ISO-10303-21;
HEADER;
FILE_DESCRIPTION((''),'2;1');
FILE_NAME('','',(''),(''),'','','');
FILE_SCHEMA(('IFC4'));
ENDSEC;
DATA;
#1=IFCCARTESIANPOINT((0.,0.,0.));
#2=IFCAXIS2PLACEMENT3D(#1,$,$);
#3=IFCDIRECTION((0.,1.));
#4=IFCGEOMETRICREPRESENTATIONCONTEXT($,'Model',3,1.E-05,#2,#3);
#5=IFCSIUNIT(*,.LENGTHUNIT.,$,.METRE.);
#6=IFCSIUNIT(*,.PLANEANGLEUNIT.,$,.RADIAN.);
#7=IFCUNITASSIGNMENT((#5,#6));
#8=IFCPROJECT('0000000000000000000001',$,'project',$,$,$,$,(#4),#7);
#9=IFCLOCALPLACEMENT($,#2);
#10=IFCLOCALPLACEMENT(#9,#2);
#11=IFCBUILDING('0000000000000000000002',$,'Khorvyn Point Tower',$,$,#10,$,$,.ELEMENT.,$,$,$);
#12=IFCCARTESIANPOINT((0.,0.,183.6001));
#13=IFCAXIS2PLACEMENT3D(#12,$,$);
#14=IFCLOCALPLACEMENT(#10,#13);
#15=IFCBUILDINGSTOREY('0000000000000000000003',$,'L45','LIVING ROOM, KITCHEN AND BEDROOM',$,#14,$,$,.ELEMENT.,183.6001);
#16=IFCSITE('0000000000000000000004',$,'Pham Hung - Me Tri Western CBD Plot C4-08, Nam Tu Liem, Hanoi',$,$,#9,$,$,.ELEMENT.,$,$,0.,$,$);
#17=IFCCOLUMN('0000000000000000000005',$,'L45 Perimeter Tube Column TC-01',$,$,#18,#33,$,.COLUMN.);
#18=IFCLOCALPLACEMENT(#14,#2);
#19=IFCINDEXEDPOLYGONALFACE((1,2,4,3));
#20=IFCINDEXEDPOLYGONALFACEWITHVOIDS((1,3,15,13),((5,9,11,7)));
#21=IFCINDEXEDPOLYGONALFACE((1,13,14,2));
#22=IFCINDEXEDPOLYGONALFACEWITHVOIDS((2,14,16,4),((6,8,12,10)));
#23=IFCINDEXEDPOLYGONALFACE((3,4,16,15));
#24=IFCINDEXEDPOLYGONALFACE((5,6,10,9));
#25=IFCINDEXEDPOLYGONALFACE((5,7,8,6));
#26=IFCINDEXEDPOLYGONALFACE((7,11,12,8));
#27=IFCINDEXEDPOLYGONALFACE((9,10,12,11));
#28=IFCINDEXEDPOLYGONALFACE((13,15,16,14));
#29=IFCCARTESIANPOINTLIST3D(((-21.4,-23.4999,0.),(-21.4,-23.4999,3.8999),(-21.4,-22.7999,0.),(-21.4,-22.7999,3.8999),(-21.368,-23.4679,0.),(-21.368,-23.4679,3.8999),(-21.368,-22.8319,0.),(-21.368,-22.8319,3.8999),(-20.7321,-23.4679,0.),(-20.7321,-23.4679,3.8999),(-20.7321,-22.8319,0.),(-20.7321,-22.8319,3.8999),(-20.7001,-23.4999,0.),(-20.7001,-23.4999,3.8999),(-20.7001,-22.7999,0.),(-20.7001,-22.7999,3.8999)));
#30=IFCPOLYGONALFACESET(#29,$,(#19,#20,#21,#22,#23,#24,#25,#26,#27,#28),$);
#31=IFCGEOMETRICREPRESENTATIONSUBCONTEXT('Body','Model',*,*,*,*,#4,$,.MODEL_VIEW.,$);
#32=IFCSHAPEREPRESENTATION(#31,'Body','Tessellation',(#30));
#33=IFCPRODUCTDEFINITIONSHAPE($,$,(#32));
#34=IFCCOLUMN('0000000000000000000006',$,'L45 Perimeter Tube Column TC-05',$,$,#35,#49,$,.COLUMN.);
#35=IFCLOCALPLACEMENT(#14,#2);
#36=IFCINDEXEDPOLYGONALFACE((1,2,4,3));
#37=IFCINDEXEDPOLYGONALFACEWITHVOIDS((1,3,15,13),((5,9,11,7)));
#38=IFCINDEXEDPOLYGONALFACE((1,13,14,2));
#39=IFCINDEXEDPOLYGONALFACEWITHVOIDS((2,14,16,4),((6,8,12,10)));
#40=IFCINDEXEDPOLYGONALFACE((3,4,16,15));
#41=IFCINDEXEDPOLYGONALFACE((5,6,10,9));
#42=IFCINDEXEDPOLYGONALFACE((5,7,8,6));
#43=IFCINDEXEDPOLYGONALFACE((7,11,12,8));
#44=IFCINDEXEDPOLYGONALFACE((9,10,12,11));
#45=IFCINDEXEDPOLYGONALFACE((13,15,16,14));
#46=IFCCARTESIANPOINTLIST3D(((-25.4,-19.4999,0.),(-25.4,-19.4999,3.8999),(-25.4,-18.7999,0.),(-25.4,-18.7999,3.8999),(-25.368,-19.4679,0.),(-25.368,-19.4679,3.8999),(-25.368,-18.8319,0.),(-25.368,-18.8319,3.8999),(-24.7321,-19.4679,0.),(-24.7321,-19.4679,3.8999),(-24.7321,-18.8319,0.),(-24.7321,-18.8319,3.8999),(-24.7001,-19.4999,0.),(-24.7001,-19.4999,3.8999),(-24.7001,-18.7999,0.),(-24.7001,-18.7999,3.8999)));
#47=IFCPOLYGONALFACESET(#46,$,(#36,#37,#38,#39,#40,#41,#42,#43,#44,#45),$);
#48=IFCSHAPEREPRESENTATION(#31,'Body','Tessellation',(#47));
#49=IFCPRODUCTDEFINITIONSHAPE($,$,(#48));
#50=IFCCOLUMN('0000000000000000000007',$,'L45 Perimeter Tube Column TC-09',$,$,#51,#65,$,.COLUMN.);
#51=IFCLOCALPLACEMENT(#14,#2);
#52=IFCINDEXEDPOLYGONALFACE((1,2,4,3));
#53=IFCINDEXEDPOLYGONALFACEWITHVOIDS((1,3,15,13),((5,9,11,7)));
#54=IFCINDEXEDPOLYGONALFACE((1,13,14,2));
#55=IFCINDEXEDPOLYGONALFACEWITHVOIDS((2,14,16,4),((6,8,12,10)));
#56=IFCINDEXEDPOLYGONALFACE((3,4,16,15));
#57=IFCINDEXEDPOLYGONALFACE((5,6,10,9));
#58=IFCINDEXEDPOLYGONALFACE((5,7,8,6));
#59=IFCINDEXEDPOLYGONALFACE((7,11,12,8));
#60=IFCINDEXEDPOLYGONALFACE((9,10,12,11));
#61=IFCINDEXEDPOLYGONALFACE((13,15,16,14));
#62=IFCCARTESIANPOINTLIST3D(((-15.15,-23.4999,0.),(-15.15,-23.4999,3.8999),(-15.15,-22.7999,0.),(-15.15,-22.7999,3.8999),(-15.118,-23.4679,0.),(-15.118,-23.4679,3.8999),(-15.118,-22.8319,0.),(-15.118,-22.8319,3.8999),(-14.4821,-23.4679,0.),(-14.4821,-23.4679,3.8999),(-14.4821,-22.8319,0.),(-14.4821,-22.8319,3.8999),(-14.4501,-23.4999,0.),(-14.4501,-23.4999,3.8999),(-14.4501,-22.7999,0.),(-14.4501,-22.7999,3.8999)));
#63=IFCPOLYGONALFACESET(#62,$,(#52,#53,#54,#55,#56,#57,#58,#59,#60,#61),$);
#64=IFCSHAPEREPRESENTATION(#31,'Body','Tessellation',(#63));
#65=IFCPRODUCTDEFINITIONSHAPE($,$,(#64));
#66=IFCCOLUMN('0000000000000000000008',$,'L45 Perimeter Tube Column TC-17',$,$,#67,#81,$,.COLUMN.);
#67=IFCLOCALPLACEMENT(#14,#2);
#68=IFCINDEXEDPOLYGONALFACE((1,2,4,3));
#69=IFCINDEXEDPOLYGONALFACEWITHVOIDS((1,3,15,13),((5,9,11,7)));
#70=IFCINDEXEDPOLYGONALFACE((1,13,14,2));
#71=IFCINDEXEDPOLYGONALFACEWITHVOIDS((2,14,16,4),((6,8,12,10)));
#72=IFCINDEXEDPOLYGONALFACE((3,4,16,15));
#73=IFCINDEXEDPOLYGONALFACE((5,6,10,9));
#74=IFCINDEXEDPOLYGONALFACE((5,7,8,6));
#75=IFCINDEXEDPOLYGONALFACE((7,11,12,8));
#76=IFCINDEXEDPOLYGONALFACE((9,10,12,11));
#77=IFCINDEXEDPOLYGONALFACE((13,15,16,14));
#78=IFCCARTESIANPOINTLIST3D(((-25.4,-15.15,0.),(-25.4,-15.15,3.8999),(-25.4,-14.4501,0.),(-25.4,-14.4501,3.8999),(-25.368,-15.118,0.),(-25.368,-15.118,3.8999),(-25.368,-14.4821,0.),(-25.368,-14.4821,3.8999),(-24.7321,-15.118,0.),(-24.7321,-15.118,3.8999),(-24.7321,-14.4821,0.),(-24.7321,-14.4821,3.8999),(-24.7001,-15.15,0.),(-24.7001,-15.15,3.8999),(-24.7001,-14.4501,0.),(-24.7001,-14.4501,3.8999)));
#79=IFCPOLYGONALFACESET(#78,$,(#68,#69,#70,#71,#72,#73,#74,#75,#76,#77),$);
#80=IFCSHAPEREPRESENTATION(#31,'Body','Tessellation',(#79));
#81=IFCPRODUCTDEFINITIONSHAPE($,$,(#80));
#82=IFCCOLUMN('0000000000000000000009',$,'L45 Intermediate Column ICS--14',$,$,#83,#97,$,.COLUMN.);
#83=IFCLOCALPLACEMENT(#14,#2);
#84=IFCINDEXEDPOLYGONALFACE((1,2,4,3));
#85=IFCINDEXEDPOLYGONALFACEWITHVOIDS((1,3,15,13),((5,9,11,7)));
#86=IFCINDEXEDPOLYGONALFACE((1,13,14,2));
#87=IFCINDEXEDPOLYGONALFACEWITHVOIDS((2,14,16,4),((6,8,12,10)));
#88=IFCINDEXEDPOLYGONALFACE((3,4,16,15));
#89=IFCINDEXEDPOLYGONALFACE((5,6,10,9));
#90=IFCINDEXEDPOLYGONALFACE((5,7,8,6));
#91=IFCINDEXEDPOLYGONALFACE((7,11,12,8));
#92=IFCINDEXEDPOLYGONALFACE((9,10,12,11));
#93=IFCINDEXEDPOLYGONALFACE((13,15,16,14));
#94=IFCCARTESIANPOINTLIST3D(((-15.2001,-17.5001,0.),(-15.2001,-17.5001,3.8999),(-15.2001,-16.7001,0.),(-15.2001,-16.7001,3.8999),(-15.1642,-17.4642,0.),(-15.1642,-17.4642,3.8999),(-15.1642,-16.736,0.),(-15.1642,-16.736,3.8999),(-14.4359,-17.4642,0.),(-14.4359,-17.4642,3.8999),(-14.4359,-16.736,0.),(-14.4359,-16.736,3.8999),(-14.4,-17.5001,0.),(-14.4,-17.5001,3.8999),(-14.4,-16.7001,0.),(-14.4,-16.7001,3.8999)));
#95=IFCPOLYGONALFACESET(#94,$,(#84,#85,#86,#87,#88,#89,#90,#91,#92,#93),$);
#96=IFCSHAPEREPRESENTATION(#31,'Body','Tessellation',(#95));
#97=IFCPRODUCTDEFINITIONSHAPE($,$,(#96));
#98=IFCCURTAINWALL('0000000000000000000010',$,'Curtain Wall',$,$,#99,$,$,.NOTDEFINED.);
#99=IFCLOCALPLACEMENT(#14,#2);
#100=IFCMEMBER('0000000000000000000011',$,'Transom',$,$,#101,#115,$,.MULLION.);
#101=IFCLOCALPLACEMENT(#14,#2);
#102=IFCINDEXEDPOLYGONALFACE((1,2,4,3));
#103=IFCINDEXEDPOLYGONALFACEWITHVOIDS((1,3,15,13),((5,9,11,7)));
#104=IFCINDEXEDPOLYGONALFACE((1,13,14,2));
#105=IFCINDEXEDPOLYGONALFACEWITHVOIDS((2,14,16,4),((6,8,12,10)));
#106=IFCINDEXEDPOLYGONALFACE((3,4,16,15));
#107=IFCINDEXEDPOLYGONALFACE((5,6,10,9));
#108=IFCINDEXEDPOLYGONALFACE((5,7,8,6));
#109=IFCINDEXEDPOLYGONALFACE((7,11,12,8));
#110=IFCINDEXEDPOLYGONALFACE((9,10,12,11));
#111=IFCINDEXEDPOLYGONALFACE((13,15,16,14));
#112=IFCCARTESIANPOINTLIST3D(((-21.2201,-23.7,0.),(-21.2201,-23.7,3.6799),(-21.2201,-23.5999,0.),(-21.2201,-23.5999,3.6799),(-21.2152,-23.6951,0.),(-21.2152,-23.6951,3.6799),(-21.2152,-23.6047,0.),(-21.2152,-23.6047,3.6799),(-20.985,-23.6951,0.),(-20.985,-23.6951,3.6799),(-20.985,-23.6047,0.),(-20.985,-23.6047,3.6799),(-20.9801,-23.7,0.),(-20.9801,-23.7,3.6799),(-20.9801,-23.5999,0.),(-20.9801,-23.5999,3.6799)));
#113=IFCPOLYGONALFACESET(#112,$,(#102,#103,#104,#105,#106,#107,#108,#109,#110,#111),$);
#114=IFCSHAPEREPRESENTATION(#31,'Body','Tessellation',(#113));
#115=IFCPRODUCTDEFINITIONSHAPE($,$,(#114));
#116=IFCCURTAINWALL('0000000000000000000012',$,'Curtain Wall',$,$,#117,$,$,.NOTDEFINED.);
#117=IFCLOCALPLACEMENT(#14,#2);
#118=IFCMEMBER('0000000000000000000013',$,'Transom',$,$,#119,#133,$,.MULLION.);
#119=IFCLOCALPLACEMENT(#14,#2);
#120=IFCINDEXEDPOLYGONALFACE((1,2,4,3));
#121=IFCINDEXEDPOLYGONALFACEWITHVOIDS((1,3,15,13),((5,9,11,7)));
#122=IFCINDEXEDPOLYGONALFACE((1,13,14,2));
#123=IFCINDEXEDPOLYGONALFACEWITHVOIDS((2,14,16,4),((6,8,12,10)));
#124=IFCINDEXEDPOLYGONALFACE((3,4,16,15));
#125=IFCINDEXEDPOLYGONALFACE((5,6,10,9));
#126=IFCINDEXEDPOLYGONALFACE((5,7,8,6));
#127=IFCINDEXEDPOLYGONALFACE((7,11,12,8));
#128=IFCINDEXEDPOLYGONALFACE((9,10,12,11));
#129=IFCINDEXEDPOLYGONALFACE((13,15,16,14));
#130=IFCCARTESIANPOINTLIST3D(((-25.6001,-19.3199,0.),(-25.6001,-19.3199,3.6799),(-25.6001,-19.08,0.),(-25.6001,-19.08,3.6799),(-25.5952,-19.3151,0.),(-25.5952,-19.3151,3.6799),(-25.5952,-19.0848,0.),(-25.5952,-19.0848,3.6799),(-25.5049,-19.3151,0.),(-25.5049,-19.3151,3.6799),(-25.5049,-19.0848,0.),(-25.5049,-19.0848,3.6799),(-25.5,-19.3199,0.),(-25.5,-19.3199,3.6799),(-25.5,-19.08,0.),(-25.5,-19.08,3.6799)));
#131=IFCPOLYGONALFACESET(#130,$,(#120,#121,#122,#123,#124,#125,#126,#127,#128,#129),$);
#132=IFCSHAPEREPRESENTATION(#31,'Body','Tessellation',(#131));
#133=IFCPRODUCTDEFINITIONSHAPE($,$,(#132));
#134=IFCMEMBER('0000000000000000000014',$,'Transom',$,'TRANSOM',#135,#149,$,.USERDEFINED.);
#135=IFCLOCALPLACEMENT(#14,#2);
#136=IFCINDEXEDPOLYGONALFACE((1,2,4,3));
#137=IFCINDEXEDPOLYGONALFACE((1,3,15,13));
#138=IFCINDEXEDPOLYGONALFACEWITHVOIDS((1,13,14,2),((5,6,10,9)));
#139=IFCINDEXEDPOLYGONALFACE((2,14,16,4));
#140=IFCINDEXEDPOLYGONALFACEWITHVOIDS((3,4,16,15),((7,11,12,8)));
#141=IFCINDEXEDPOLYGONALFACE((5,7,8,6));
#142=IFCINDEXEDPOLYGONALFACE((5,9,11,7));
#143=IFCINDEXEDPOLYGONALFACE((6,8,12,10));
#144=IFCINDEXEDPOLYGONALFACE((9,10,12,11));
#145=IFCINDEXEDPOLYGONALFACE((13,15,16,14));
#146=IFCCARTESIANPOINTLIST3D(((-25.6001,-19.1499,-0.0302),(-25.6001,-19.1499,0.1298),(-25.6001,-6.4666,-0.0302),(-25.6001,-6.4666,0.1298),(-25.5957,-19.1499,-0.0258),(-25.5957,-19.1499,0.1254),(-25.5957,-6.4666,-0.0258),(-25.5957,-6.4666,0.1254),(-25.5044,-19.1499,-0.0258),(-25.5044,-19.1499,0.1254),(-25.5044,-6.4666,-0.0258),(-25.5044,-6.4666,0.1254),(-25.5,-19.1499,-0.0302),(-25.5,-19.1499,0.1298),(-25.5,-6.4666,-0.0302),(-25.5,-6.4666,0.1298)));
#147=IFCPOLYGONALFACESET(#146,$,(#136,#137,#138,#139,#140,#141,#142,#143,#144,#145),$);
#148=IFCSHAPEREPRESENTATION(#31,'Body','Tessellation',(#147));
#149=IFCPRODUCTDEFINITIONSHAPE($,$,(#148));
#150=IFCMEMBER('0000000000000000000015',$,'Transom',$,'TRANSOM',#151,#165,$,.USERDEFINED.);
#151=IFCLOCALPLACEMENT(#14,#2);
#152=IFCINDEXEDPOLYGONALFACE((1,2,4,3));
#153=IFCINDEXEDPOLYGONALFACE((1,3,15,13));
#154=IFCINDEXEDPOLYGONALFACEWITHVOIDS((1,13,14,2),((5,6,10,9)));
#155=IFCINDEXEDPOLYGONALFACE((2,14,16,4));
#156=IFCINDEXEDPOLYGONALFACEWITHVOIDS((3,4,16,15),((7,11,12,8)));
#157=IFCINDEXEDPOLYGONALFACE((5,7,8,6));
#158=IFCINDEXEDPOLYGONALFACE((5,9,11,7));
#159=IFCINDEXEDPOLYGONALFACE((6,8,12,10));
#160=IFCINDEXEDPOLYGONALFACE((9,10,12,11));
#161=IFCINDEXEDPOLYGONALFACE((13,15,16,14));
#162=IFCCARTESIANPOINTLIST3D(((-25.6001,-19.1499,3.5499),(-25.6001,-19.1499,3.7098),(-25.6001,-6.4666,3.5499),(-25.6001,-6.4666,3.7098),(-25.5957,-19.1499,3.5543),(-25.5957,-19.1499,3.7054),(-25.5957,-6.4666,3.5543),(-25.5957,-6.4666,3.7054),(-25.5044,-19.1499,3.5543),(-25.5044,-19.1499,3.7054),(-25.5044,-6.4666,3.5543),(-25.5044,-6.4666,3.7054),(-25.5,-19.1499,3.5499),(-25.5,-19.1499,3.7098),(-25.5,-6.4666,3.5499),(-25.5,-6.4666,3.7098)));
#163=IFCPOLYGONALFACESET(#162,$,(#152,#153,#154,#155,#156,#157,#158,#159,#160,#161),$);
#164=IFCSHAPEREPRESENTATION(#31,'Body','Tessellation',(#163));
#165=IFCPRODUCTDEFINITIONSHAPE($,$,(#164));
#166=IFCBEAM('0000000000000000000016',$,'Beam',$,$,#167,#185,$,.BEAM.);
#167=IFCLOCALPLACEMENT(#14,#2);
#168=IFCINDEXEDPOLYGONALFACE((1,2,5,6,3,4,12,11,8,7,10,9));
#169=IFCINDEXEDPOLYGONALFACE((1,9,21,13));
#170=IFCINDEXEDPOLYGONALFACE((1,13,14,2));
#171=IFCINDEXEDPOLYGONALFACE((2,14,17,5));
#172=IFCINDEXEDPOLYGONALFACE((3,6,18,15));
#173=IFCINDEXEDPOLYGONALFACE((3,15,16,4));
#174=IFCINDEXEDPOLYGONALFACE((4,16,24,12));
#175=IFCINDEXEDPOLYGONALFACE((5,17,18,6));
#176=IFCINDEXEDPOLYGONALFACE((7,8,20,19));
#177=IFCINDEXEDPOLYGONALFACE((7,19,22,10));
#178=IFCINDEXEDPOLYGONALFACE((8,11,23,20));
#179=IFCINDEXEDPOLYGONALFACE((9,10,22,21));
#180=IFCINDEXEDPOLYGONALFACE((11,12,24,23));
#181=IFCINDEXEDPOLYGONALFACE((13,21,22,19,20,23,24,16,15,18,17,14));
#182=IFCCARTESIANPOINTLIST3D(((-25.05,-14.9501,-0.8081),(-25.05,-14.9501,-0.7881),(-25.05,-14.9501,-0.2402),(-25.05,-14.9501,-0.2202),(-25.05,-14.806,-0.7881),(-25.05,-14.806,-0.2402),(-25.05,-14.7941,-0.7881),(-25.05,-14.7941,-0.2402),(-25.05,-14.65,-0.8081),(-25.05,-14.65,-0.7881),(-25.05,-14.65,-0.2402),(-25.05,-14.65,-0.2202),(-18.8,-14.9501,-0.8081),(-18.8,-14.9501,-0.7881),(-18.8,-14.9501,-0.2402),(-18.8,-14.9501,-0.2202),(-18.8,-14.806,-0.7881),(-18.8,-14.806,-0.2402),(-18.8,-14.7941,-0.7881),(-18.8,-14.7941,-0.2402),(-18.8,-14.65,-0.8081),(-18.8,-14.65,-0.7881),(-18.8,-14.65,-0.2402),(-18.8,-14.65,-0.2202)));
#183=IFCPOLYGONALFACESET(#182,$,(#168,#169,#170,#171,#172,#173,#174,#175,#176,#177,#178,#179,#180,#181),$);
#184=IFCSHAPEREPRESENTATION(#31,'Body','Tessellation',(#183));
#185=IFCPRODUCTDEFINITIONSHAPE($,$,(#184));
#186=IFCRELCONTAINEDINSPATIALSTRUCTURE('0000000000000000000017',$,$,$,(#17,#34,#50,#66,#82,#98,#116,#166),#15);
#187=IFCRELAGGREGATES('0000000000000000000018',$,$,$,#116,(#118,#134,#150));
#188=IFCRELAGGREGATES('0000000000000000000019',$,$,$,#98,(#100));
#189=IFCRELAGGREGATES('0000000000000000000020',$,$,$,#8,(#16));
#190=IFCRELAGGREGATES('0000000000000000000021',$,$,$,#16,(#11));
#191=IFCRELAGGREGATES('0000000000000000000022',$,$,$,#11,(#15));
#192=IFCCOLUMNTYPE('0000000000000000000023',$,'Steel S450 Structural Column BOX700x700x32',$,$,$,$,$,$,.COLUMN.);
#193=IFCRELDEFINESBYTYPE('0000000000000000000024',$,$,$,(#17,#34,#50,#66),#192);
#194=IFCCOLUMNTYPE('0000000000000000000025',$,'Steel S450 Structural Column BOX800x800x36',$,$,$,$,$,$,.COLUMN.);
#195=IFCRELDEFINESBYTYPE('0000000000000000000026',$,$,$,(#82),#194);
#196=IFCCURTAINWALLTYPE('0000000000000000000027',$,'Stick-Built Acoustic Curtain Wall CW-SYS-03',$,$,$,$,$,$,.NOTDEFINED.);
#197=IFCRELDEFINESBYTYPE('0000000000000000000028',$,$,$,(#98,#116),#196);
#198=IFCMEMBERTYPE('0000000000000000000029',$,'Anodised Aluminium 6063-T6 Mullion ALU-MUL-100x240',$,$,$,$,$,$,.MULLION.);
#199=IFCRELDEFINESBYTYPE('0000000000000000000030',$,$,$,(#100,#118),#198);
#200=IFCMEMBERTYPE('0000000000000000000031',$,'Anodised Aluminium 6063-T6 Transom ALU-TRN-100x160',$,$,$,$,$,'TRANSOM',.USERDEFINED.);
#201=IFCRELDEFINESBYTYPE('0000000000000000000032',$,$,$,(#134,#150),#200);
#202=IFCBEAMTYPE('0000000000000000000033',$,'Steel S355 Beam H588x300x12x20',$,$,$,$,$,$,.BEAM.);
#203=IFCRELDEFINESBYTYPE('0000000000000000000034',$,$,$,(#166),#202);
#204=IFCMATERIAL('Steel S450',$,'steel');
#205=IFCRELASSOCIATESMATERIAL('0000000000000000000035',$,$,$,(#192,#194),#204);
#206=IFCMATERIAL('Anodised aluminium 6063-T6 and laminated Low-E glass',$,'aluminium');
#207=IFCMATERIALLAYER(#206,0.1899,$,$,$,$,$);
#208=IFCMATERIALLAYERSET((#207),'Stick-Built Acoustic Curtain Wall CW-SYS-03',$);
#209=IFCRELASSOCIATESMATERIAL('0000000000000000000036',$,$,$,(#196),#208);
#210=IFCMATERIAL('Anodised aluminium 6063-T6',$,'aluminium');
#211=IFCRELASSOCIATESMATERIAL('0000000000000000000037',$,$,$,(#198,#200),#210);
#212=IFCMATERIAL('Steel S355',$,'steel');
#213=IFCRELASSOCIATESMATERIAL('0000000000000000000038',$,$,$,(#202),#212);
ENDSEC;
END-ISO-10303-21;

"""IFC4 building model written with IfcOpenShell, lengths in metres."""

from ifc_helpers import new_model, si_unit, direction, frame, origin, origin_2d, place, context, subcontext, project, spatial, hollow_rectangle, i_section, extrude, material, layer, layer_set, material_profile, profile_set, type_object, element, aggregate, save


model = new_model("IFC4")

# Units and contexts
model_context = context("Model", 3, precision=1e-05, world=origin(), true_north=direction((0.0, 1.0)))
body_context = subcontext(model_context, "Body", "Model", "MODEL_VIEW")
ifc_project = project(units=[si_unit("LENGTHUNIT", "METRE"), si_unit("PLANEANGLEUNIT", "RADIAN")], contexts=[model_context])

# Site, building, storey
site_placement = place(None, origin())
site = spatial("IfcSite", under=ifc_project, at=site_placement, Name="Pham Hung - Me Tri Western CBD Plot C4-08, Nam Tu Liem, Hanoi", CompositionType="ELEMENT", RefElevation=0.0)
building_placement = place(site_placement, origin())
building = spatial("IfcBuilding", under=site, at=building_placement, Name="Khorvyn Point Tower", CompositionType="ELEMENT")
storey_placement = place(building_placement, frame((0.0, 0.0, 183.6001)))
storey = spatial("IfcBuildingStorey", under=building, at=storey_placement, Name="L45", Description="LIVING ROOM, KITCHEN AND BEDROOM", CompositionType="ELEMENT", Elevation=183.6001)

# Columns
ifc_material_1 = material(Name="Steel S450", Category="steel")
ifc_material_profile_1 = material_profile(ifc_material_1, hollow_rectangle(XDim=0.7, YDim=0.7, WallThickness=0.032, at=origin_2d()))
ifc_profile_set_1 = profile_set([ifc_material_profile_1], Name="Steel S450 BOX700x700x32")
column_type_1 = type_object("IfcColumnType", Name="Steel S450 Structural Column BOX700x700x32", PredefinedType="COLUMN", material=ifc_profile_set_1)
for number, where, z_axis, x_axis, name in (
    (1, (-21.05, -23.1499, 0.0), (0.0, 0.0, 1.0), (1.0, 0.0, 0.0), "L45 Perimeter Tube Column TC-01"),
    (2, (-25.05, -19.1499, 0.0), (0.0, 0.0, 1.0), (1.0, 0.0, 0.0), "L45 Perimeter Tube Column TC-05"),
    (3, (-14.8, -23.1499, 0.0), (0.0, 0.0, 1.0), (1.0, 0.0, 0.0), "L45 Perimeter Tube Column TC-09"),
    (4, (-25.05, -14.8, 0.0), (0.0, 0.0, 1.0), (1.0, 0.0, 0.0), "L45 Perimeter Tube Column TC-17"),
):
    element("IfcColumn", number, at=place(storey_placement, frame(where, z_axis=z_axis, x_axis=x_axis)), inside=storey, type_object=column_type_1, Name=name, PredefinedType="COLUMN", context=body_context, shape_type="SweptSolid", body=[
        extrude(hollow_rectangle(XDim=0.7, YDim=0.7, WallThickness=0.032, at=origin_2d()), origin(), (0.0, 0.0, 1.0), 3.8999),
    ])
ifc_material_profile_2 = material_profile(ifc_material_1, hollow_rectangle(XDim=0.8, YDim=0.8, WallThickness=0.0359, at=origin_2d()))
ifc_profile_set_2 = profile_set([ifc_material_profile_2], Name="Steel S450 BOX800x800x36")
column_type_2 = type_object("IfcColumnType", Name="Steel S450 Structural Column BOX800x800x36", PredefinedType="COLUMN", material=ifc_profile_set_2)
column_placement = place(storey_placement, frame((-14.8, -17.1001, 0.0), z_axis=(0.0, 0.0, 1.0), x_axis=(1.0, 0.0, 0.0)))
element("IfcColumn", 5, at=column_placement, inside=storey, type_object=column_type_2, Name="L45 Intermediate Column ICS--14", PredefinedType="COLUMN", context=body_context, shape_type="SweptSolid", body=[
    extrude(hollow_rectangle(XDim=0.8, YDim=0.8, WallThickness=0.0359, at=origin_2d()), origin(), (0.0, 0.0, 1.0), 3.8999),
])

# Curtain wall, member
ifc_material_2 = material(Name="Anodised aluminium 6063-T6 and laminated Low-E glass", Category="aluminium")
ifc_layer_1 = layer(ifc_material_2, 0.1899)
ifc_layer_set_1 = layer_set([ifc_layer_1], Name="Stick-Built Acoustic Curtain Wall CW-SYS-03")
curtain_wall_type = type_object("IfcCurtainWallType", Name="Stick-Built Acoustic Curtain Wall CW-SYS-03", PredefinedType="NOTDEFINED", material=ifc_layer_set_1)
curtain_wall_1_placement = place(storey_placement, origin())
curtain_wall_1 = element("IfcCurtainWall", 6, at=curtain_wall_1_placement, inside=storey, type_object=curtain_wall_type, Name="Curtain Wall", PredefinedType="NOTDEFINED")
ifc_material_3 = material(Name="Anodised aluminium 6063-T6", Category="aluminium")
ifc_material_profile_3 = material_profile(ifc_material_3, hollow_rectangle(XDim=0.1001, YDim=0.24, WallThickness=0.0049, at=origin_2d()))
ifc_profile_set_3 = profile_set([ifc_material_profile_3], Name="Anodised aluminium 6063-T6 ALU-MUL-100x240")
member_type_1 = type_object("IfcMemberType", Name="Anodised Aluminium 6063-T6 Mullion ALU-MUL-100x240", PredefinedType="MULLION", material=ifc_profile_set_3)
member_1_placement = place(storey_placement, frame((-21.1001, -23.6499, 0.0), z_axis=(0.0, 0.0, 1.0), x_axis=(0.0, -1.0, 0.0)))
member_1 = element("IfcMember", 7, at=member_1_placement, type_object=member_type_1, Name="Transom", PredefinedType="MULLION", context=body_context, shape_type="SweptSolid", body=[
    extrude(hollow_rectangle(XDim=0.1001, YDim=0.24, WallThickness=0.0049, at=origin_2d()), origin(), (0.0, 0.0, 1.0), 3.6799),
])

# Curtain wall, members
curtain_wall_2_placement = place(storey_placement, origin())
curtain_wall_2 = element("IfcCurtainWall", 8, at=curtain_wall_2_placement, inside=storey, type_object=curtain_wall_type, Name="Curtain Wall", PredefinedType="NOTDEFINED")
member_2_placement = place(storey_placement, frame((-25.55, -19.2, 0.0), z_axis=(0.0, 0.0, 1.0), x_axis=(-1.0, 0.0, 0.0)))
member_2 = element("IfcMember", 9, at=member_2_placement, type_object=member_type_1, Name="Transom", PredefinedType="MULLION", context=body_context, shape_type="SweptSolid", body=[
    extrude(hollow_rectangle(XDim=0.1001, YDim=0.24, WallThickness=0.0049, at=origin_2d()), origin(), (0.0, 0.0, 1.0), 3.6799),
])
ifc_material_profile_4 = material_profile(ifc_material_3, hollow_rectangle(XDim=0.1001, YDim=0.1599, WallThickness=0.0044, at=origin_2d()))
ifc_profile_set_4 = profile_set([ifc_material_profile_4], Name="Anodised aluminium 6063-T6 ALU-TRN-100x160")
member_type_2 = type_object("IfcMemberType", Name="Anodised Aluminium 6063-T6 Transom ALU-TRN-100x160", ElementType="TRANSOM", PredefinedType="USERDEFINED", material=ifc_profile_set_4)
member_3_placement = place(storey_placement, frame((-25.55, -19.1499, 0.0498), z_axis=(0.0, 1.0, 0.0), x_axis=(-1.0, 0.0, 0.0)))
member_3 = element("IfcMember", 10, at=member_3_placement, type_object=member_type_2, Name="Transom", ObjectType="TRANSOM", PredefinedType="USERDEFINED", context=body_context, shape_type="SweptSolid", body=[
    extrude(hollow_rectangle(XDim=0.1001, YDim=0.1599, WallThickness=0.0044, at=origin_2d()), origin(), (0.0, 0.0, 1.0), 12.6833),
])
member_4_placement = place(storey_placement, frame((-25.55, -19.1499, 3.6299), z_axis=(0.0, 1.0, 0.0), x_axis=(-1.0, 0.0, 0.0)))
member_4 = element("IfcMember", 11, at=member_4_placement, type_object=member_type_2, Name="Transom", ObjectType="TRANSOM", PredefinedType="USERDEFINED", context=body_context, shape_type="SweptSolid", body=[
    extrude(hollow_rectangle(XDim=0.1001, YDim=0.1599, WallThickness=0.0044, at=origin_2d()), origin(), (0.0, 0.0, 1.0), 12.6833),
])
aggregate(curtain_wall_2, [member_2, member_3, member_4])

# Beam
ifc_material_4 = material(Name="Steel S355", Category="steel")
ifc_material_profile_5 = material_profile(ifc_material_4, i_section(OverallWidth=0.3, OverallDepth=0.5879, WebThickness=0.012, FlangeThickness=0.02, at=origin_2d()))
ifc_profile_set_5 = profile_set([ifc_material_profile_5], Name="Steel S355 H588x300x12x20")
beam_type_1 = type_object("IfcBeamType", Name="Steel S355 Beam H588x300x12x20", PredefinedType="BEAM", material=ifc_profile_set_5)
beam_1_placement = place(storey_placement, frame((-25.05, -14.8, -0.5142), z_axis=(1.0, 0.0, 0.0), x_axis=(0.0, 1.0, 0.0)))
element("IfcBeam", 12, at=beam_1_placement, inside=storey, type_object=beam_type_1, Name="Beam", PredefinedType="BEAM", context=body_context, shape_type="SweptSolid", body=[
    extrude(i_section(OverallWidth=0.3, OverallDepth=0.5879, WebThickness=0.012, FlangeThickness=0.02, at=origin_2d()), origin(), (0.0, 0.0, 1.0), 6.25),
])

aggregate(curtain_wall_1, [member_1])

save(model, "model.ifc")
